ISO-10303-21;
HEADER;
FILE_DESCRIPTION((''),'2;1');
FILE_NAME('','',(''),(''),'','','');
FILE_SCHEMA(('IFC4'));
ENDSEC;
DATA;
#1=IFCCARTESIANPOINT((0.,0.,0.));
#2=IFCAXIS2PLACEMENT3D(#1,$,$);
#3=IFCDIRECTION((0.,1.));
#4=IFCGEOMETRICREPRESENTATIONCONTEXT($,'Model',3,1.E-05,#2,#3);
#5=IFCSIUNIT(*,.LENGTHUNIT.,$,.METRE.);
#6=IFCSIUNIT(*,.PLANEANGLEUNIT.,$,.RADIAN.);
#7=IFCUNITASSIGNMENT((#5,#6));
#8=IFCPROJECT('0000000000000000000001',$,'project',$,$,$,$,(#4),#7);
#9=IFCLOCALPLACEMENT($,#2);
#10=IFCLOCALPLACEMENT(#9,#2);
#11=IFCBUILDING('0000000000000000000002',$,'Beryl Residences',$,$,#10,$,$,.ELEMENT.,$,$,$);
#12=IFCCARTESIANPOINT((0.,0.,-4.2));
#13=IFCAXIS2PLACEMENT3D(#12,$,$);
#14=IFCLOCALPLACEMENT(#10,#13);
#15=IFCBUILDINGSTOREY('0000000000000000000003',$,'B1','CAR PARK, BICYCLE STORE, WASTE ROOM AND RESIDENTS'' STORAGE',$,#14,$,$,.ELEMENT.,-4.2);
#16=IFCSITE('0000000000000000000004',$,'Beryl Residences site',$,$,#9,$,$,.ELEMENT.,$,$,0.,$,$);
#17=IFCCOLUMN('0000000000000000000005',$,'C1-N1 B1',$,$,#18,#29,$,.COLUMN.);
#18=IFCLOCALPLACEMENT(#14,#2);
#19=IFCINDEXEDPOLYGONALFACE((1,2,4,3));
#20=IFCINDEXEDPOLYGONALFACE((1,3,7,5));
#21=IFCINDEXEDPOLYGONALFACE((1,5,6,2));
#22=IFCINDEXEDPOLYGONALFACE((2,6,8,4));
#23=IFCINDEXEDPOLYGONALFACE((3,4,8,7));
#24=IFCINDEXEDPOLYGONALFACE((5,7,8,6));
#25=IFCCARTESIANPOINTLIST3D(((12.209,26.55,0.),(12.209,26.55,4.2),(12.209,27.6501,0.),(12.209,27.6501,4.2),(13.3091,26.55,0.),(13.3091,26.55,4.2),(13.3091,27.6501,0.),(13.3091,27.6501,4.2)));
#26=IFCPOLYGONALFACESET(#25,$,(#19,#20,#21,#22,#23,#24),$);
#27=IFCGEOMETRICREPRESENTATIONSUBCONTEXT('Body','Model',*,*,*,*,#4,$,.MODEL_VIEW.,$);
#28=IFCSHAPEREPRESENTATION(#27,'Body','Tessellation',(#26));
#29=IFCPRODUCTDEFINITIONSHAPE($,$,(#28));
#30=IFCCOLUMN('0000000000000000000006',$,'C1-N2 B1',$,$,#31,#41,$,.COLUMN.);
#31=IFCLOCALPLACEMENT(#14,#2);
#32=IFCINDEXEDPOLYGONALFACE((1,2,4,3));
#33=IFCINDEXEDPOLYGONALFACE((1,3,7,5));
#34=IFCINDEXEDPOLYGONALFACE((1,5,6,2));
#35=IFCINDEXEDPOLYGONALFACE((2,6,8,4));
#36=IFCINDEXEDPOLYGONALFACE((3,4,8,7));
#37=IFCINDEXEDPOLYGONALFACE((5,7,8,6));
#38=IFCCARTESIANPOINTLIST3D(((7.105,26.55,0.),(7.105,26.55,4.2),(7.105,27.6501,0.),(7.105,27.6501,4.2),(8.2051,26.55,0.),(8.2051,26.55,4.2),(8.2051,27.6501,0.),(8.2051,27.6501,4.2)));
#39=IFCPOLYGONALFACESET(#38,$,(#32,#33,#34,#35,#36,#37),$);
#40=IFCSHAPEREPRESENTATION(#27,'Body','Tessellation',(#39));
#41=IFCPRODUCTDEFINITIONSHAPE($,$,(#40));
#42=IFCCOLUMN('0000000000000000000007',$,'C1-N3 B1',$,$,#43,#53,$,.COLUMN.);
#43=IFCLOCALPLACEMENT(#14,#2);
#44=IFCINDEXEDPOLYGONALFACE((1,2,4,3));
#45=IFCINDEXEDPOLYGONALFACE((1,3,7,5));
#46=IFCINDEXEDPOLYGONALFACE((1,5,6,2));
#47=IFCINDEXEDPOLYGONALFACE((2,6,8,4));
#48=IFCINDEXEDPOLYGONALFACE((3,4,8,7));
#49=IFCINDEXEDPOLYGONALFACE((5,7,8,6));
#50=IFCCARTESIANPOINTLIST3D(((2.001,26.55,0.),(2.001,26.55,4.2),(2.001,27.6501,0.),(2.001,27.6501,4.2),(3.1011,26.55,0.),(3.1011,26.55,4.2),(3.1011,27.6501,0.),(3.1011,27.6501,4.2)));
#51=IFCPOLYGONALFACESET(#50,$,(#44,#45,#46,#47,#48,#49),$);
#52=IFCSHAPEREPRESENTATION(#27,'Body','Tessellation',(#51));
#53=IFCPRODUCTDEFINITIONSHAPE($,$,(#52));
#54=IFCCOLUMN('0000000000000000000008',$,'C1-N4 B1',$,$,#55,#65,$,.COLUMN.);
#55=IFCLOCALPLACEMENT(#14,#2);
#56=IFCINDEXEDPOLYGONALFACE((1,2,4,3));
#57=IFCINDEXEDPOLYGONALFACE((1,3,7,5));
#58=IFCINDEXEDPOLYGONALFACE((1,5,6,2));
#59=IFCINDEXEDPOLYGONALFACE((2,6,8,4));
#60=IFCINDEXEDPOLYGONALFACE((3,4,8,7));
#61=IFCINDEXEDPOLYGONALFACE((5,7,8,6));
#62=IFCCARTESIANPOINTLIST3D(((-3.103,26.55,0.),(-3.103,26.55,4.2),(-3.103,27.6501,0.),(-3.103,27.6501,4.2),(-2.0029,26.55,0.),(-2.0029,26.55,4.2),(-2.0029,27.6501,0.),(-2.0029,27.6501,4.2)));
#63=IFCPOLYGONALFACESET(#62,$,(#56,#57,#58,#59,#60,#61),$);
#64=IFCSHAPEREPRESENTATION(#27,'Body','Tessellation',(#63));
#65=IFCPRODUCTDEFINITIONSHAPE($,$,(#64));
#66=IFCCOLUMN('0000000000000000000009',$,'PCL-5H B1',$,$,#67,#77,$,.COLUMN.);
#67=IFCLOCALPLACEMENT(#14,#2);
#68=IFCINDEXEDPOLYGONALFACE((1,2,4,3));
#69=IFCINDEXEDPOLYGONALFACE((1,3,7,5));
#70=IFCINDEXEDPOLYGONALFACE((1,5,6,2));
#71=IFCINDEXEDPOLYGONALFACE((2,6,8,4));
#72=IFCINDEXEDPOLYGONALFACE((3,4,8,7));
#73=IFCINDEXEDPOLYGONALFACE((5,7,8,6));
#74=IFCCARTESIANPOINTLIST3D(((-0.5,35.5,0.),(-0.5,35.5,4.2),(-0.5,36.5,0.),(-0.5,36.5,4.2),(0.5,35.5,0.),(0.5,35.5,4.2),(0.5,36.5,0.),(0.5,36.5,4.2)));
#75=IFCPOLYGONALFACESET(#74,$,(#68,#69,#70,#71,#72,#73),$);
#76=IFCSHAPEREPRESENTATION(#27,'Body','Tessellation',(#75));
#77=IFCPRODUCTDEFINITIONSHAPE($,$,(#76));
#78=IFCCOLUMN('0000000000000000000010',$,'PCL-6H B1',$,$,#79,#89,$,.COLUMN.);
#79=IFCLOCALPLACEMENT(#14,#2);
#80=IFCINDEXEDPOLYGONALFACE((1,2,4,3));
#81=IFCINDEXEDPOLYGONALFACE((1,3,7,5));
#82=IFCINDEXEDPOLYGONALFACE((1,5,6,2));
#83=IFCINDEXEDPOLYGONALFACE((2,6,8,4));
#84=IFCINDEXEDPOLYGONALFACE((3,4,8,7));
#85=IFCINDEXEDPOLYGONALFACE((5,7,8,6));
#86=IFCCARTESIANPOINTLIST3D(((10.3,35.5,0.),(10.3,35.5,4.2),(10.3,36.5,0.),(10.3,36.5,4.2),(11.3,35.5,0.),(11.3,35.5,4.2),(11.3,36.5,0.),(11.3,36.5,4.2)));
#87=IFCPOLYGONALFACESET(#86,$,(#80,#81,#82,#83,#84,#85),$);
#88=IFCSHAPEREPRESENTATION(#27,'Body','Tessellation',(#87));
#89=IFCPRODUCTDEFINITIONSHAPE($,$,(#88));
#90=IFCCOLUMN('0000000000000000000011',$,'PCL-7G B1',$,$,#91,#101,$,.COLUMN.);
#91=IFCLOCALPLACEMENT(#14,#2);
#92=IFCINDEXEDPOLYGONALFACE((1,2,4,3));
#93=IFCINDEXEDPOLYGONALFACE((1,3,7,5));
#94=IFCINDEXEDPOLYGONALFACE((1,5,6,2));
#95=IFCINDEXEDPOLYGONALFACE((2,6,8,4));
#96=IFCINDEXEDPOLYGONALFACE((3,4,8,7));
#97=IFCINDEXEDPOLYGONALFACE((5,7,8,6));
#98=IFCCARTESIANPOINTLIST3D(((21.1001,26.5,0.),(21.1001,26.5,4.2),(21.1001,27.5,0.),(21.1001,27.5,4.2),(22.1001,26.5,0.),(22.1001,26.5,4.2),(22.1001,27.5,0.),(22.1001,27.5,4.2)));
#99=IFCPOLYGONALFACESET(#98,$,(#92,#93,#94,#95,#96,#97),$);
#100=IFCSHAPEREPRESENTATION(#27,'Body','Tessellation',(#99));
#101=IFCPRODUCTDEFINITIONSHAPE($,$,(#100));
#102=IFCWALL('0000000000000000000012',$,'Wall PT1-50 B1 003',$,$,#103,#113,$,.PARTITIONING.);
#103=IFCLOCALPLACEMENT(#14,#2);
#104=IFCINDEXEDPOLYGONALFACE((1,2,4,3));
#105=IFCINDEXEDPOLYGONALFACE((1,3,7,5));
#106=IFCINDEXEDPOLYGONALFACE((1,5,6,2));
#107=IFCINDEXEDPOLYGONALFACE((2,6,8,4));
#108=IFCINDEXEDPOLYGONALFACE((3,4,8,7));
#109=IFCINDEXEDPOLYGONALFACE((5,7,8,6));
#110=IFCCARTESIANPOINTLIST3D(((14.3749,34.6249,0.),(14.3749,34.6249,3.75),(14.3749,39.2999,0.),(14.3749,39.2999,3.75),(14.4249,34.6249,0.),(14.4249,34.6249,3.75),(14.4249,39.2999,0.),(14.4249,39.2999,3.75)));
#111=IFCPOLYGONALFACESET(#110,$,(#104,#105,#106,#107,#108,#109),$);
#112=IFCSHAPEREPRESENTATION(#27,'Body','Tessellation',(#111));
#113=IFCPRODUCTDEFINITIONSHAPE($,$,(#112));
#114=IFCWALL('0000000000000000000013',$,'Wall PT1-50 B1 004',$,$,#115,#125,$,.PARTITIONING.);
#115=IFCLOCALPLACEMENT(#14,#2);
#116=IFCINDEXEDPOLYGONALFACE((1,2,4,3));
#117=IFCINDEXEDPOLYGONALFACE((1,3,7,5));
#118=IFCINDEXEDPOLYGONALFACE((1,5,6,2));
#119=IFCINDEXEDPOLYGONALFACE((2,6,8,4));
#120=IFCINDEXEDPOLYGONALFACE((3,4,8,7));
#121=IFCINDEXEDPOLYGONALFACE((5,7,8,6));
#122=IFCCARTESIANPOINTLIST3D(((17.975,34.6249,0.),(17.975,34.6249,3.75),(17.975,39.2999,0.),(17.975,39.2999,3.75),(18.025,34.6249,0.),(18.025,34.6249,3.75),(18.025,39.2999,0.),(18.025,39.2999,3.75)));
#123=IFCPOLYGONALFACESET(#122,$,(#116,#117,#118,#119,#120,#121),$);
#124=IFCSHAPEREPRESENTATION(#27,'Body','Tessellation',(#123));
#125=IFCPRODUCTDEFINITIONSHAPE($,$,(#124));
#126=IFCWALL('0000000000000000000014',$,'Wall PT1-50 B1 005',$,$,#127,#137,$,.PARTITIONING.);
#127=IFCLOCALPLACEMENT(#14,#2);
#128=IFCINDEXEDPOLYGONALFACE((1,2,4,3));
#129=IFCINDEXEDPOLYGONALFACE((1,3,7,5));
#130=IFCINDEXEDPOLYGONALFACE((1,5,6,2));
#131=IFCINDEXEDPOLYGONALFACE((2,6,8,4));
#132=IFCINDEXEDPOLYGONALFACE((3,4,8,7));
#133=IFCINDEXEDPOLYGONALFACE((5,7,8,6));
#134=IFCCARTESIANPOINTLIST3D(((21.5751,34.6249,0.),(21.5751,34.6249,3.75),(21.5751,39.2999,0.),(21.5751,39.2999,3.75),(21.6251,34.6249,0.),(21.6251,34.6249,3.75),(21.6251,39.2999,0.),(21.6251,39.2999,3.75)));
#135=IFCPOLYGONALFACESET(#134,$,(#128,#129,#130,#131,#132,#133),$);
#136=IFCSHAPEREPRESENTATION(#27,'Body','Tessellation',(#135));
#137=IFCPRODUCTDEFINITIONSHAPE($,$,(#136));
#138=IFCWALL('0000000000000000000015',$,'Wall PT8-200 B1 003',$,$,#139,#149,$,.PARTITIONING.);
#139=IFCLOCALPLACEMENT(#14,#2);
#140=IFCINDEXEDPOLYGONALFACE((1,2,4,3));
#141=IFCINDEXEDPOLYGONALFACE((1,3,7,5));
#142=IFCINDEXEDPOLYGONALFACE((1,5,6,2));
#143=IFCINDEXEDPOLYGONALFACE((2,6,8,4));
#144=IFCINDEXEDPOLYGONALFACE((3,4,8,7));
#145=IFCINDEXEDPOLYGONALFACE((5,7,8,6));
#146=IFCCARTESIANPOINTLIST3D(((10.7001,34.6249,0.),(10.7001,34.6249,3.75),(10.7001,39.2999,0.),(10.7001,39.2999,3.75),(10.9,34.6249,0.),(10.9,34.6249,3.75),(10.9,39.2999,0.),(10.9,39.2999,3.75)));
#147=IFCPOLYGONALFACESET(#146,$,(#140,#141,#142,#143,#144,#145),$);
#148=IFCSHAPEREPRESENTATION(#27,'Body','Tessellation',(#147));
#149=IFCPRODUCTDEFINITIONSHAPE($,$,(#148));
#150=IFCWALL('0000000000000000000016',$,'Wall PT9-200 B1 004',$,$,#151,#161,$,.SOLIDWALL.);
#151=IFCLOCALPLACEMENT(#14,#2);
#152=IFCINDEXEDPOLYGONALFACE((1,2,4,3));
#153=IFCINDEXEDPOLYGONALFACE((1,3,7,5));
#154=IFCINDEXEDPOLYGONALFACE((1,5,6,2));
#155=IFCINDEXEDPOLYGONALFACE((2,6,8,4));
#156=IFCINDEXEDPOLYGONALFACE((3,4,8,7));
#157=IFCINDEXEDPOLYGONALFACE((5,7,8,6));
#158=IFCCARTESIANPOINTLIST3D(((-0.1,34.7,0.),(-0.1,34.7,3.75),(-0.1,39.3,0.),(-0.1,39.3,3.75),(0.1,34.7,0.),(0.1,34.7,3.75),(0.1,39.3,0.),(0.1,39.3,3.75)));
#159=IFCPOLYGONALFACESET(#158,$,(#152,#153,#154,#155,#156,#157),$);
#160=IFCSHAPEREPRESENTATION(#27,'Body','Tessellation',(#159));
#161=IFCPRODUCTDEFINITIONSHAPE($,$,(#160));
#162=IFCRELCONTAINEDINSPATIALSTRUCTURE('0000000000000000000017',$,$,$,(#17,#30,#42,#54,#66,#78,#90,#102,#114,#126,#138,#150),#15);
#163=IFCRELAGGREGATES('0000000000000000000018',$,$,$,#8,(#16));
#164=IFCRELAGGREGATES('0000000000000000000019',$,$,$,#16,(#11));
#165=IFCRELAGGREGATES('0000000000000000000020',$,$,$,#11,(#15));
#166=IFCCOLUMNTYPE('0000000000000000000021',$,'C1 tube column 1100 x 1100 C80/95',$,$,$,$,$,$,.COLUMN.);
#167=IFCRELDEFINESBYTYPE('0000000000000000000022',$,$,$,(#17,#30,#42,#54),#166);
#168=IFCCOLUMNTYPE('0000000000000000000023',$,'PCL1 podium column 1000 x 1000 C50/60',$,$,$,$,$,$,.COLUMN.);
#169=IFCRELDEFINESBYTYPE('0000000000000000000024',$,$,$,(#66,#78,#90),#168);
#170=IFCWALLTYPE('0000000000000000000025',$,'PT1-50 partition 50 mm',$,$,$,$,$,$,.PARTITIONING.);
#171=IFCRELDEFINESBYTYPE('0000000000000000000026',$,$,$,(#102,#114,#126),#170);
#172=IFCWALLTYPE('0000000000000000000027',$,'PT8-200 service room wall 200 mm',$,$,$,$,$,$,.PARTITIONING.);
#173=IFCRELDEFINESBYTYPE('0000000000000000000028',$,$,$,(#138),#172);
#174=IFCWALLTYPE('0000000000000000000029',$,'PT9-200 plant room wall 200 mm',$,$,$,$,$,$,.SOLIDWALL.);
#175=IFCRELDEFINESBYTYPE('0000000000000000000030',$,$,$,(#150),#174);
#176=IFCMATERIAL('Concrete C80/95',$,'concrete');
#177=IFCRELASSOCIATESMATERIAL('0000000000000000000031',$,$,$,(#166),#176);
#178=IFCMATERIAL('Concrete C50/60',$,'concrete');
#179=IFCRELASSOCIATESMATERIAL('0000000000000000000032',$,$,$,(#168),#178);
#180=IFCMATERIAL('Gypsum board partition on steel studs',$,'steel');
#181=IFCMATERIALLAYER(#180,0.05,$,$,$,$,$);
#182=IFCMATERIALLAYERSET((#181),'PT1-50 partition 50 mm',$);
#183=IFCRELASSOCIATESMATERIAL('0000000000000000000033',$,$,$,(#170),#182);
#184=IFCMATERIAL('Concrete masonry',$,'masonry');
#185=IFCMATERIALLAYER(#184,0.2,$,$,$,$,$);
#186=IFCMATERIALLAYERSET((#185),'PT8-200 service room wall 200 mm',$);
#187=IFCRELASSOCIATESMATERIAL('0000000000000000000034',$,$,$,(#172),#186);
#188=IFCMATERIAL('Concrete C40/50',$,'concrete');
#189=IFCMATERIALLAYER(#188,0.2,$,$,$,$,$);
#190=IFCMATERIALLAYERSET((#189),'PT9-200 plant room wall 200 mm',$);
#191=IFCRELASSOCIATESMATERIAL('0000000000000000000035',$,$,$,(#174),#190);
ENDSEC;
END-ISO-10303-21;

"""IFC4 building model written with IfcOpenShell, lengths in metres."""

from ifc_helpers import new_model, si_unit, direction, frame, frame_2d, origin, origin_2d, place, context, subcontext, project, spatial, rectangle, extrude, material, layer, layer_set, material_profile, profile_set, type_object, element, save


model = new_model("IFC4")

# Units and contexts
model_context = context("Model", 3, precision=1e-05, world=origin(), true_north=direction((0.0, 1.0)))
body_context = subcontext(model_context, "Body", "Model", "MODEL_VIEW")
ifc_project = project(units=[si_unit("LENGTHUNIT", "METRE"), si_unit("PLANEANGLEUNIT", "RADIAN")], contexts=[model_context])

# Site, building, storey
site_placement = place(None, origin())
site = spatial("IfcSite", under=ifc_project, at=site_placement, Name="Beryl Residences site", CompositionType="ELEMENT", RefElevation=0.0)
building_placement = place(site_placement, origin())
building = spatial("IfcBuilding", under=site, at=building_placement, Name="Beryl Residences", CompositionType="ELEMENT")
storey_placement = place(building_placement, frame((0.0, 0.0, -4.2)))
storey = spatial("IfcBuildingStorey", under=building, at=storey_placement, Name="B1", Description="CAR PARK, BICYCLE STORE, WASTE ROOM AND RESIDENTS' STORAGE", CompositionType="ELEMENT", Elevation=-4.2)

# Columns
ifc_material_1 = material(Name="Concrete C80/95", Category="concrete")
ifc_material_profile_1 = material_profile(ifc_material_1, rectangle(XDim=1.1001, YDim=1.1001, at=origin_2d()))
ifc_profile_set_1 = profile_set([ifc_material_profile_1], Name="Concrete C80/95")
column_type_1 = type_object("IfcColumnType", Name="C1 tube column 1100 x 1100 C80/95", PredefinedType="COLUMN", material=ifc_profile_set_1)
for number, where, z_axis, x_axis, name in (
    (1, (12.759, 27.1001, 0.0), (0.0, 0.0, 1.0), (-1.0, 0.0, 0.0), "C1-N1 B1"),
    (2, (7.655, 27.1001, 0.0), (0.0, 0.0, 1.0), (-1.0, 0.0, 0.0), "C1-N2 B1"),
    (3, (2.551, 27.1001, 0.0), (0.0, 0.0, 1.0), (-1.0, 0.0, 0.0), "C1-N3 B1"),
    (4, (-2.553, 27.1001, 0.0), (0.0, 0.0, 1.0), (-1.0, 0.0, 0.0), "C1-N4 B1"),
):
    element("IfcColumn", number, at=place(storey_placement, frame(where, z_axis=z_axis, x_axis=x_axis)), inside=storey, type_object=column_type_1, Name=name, PredefinedType="COLUMN", context=body_context, shape_type="SweptSolid", body=[
        extrude(rectangle(XDim=1.1001, YDim=1.1001, at=origin_2d()), origin(), (0.0, 0.0, 1.0), 4.2),
    ])
ifc_material_2 = material(Name="Concrete C50/60", Category="concrete")
ifc_material_profile_2 = material_profile(ifc_material_2, rectangle(XDim=1.0, YDim=1.0, at=origin_2d()))
ifc_profile_set_2 = profile_set([ifc_material_profile_2], Name="Concrete C50/60")
column_type_2 = type_object("IfcColumnType", Name="PCL1 podium column 1000 x 1000 C50/60", PredefinedType="COLUMN", material=ifc_profile_set_2)
for number, where, z_axis, x_axis, name in (
    (5, (0.0, 36.0, 0.0), (0.0, 0.0, 1.0), (1.0, 0.0, 0.0), "PCL-5H B1"),
    (6, (10.8, 36.0, 0.0), (0.0, 0.0, 1.0), (1.0, 0.0, 0.0), "PCL-6H B1"),
    (7, (21.6001, 27.0, 0.0), (0.0, 0.0, 1.0), (1.0, 0.0, 0.0), "PCL-7G B1"),
):
    element("IfcColumn", number, at=place(storey_placement, frame(where, z_axis=z_axis, x_axis=x_axis)), inside=storey, type_object=column_type_2, Name=name, PredefinedType="COLUMN", context=body_context, shape_type="SweptSolid", body=[
        extrude(rectangle(XDim=1.0, YDim=1.0, at=origin_2d()), origin(), (0.0, 0.0, 1.0), 4.2),
    ])

# Shared definitions
ifc_material_3 = material(Name="Gypsum board partition on steel studs", Category="steel")
ifc_layer_1 = layer(ifc_material_3, 0.05)
ifc_layer_set_1 = layer_set([ifc_layer_1], Name="PT1-50 partition 50 mm")
wall_type_1 = type_object("IfcWallType", Name="PT1-50 partition 50 mm", PredefinedType="PARTITIONING", material=ifc_layer_set_1)

# Walls
for number, where, z_axis, x_axis, name in (
    (8, (14.3999, 34.625, 0.0), (0.0, 0.0, 1.0), (0.0, 1.0, 0.0), "Wall PT1-50 B1 003"),
    (9, (18.0, 34.625, 0.0), (0.0, 0.0, 1.0), (0.0, 1.0, 0.0), "Wall PT1-50 B1 004"),
    (10, (21.6001, 34.625, 0.0), (0.0, 0.0, 1.0), (0.0, 1.0, 0.0), "Wall PT1-50 B1 005"),
):
    element("IfcWall", number, at=place(storey_placement, frame(where, z_axis=z_axis, x_axis=x_axis)), inside=storey, type_object=wall_type_1, Name=name, PredefinedType="PARTITIONING", context=body_context, shape_type="SweptSolid", body=[
        extrude(rectangle(XDim=4.675, YDim=0.05, at=frame_2d((2.3374, 0.0))), origin(), (0.0, 0.0, 1.0), 3.75),
    ])
ifc_material_4 = material(Name="Concrete masonry", Category="masonry")
ifc_layer_2 = layer(ifc_material_4, 0.2)
ifc_layer_set_2 = layer_set([ifc_layer_2], Name="PT8-200 service room wall 200 mm")
wall_type_2 = type_object("IfcWallType", Name="PT8-200 service room wall 200 mm", PredefinedType="PARTITIONING", material=ifc_layer_set_2)
wall_1_placement = place(storey_placement, frame((10.8, 34.625, 0.0), z_axis=(0.0, 0.0, 1.0), x_axis=(0.0, 1.0, 0.0)))
element("IfcWall", 11, at=wall_1_placement, inside=storey, type_object=wall_type_2, Name="Wall PT8-200 B1 003", PredefinedType="PARTITIONING", context=body_context, shape_type="SweptSolid", body=[
    extrude(rectangle(XDim=4.675, YDim=0.2, at=frame_2d((2.3374, 0.0))), origin(), (0.0, 0.0, 1.0), 3.75),
])
ifc_material_5 = material(Name="Concrete C40/50", Category="concrete")
ifc_layer_3 = layer(ifc_material_5, 0.2)
ifc_layer_set_3 = layer_set([ifc_layer_3], Name="PT9-200 plant room wall 200 mm")
wall_type_3 = type_object("IfcWallType", Name="PT9-200 plant room wall 200 mm", PredefinedType="SOLIDWALL", material=ifc_layer_set_3)
wall_2_placement = place(storey_placement, frame((0.0, 34.7, 0.0), z_axis=(0.0, 0.0, 1.0), x_axis=(0.0, 1.0, 0.0)))
element("IfcWall", 12, at=wall_2_placement, inside=storey, type_object=wall_type_3, Name="Wall PT9-200 B1 004", PredefinedType="SOLIDWALL", context=body_context, shape_type="SweptSolid", body=[
    extrude(rectangle(XDim=4.6001, YDim=0.2, at=frame_2d((2.3, 0.0))), origin(), (0.0, 0.0, 1.0), 3.75),
])

save(model, "model.ifc")
